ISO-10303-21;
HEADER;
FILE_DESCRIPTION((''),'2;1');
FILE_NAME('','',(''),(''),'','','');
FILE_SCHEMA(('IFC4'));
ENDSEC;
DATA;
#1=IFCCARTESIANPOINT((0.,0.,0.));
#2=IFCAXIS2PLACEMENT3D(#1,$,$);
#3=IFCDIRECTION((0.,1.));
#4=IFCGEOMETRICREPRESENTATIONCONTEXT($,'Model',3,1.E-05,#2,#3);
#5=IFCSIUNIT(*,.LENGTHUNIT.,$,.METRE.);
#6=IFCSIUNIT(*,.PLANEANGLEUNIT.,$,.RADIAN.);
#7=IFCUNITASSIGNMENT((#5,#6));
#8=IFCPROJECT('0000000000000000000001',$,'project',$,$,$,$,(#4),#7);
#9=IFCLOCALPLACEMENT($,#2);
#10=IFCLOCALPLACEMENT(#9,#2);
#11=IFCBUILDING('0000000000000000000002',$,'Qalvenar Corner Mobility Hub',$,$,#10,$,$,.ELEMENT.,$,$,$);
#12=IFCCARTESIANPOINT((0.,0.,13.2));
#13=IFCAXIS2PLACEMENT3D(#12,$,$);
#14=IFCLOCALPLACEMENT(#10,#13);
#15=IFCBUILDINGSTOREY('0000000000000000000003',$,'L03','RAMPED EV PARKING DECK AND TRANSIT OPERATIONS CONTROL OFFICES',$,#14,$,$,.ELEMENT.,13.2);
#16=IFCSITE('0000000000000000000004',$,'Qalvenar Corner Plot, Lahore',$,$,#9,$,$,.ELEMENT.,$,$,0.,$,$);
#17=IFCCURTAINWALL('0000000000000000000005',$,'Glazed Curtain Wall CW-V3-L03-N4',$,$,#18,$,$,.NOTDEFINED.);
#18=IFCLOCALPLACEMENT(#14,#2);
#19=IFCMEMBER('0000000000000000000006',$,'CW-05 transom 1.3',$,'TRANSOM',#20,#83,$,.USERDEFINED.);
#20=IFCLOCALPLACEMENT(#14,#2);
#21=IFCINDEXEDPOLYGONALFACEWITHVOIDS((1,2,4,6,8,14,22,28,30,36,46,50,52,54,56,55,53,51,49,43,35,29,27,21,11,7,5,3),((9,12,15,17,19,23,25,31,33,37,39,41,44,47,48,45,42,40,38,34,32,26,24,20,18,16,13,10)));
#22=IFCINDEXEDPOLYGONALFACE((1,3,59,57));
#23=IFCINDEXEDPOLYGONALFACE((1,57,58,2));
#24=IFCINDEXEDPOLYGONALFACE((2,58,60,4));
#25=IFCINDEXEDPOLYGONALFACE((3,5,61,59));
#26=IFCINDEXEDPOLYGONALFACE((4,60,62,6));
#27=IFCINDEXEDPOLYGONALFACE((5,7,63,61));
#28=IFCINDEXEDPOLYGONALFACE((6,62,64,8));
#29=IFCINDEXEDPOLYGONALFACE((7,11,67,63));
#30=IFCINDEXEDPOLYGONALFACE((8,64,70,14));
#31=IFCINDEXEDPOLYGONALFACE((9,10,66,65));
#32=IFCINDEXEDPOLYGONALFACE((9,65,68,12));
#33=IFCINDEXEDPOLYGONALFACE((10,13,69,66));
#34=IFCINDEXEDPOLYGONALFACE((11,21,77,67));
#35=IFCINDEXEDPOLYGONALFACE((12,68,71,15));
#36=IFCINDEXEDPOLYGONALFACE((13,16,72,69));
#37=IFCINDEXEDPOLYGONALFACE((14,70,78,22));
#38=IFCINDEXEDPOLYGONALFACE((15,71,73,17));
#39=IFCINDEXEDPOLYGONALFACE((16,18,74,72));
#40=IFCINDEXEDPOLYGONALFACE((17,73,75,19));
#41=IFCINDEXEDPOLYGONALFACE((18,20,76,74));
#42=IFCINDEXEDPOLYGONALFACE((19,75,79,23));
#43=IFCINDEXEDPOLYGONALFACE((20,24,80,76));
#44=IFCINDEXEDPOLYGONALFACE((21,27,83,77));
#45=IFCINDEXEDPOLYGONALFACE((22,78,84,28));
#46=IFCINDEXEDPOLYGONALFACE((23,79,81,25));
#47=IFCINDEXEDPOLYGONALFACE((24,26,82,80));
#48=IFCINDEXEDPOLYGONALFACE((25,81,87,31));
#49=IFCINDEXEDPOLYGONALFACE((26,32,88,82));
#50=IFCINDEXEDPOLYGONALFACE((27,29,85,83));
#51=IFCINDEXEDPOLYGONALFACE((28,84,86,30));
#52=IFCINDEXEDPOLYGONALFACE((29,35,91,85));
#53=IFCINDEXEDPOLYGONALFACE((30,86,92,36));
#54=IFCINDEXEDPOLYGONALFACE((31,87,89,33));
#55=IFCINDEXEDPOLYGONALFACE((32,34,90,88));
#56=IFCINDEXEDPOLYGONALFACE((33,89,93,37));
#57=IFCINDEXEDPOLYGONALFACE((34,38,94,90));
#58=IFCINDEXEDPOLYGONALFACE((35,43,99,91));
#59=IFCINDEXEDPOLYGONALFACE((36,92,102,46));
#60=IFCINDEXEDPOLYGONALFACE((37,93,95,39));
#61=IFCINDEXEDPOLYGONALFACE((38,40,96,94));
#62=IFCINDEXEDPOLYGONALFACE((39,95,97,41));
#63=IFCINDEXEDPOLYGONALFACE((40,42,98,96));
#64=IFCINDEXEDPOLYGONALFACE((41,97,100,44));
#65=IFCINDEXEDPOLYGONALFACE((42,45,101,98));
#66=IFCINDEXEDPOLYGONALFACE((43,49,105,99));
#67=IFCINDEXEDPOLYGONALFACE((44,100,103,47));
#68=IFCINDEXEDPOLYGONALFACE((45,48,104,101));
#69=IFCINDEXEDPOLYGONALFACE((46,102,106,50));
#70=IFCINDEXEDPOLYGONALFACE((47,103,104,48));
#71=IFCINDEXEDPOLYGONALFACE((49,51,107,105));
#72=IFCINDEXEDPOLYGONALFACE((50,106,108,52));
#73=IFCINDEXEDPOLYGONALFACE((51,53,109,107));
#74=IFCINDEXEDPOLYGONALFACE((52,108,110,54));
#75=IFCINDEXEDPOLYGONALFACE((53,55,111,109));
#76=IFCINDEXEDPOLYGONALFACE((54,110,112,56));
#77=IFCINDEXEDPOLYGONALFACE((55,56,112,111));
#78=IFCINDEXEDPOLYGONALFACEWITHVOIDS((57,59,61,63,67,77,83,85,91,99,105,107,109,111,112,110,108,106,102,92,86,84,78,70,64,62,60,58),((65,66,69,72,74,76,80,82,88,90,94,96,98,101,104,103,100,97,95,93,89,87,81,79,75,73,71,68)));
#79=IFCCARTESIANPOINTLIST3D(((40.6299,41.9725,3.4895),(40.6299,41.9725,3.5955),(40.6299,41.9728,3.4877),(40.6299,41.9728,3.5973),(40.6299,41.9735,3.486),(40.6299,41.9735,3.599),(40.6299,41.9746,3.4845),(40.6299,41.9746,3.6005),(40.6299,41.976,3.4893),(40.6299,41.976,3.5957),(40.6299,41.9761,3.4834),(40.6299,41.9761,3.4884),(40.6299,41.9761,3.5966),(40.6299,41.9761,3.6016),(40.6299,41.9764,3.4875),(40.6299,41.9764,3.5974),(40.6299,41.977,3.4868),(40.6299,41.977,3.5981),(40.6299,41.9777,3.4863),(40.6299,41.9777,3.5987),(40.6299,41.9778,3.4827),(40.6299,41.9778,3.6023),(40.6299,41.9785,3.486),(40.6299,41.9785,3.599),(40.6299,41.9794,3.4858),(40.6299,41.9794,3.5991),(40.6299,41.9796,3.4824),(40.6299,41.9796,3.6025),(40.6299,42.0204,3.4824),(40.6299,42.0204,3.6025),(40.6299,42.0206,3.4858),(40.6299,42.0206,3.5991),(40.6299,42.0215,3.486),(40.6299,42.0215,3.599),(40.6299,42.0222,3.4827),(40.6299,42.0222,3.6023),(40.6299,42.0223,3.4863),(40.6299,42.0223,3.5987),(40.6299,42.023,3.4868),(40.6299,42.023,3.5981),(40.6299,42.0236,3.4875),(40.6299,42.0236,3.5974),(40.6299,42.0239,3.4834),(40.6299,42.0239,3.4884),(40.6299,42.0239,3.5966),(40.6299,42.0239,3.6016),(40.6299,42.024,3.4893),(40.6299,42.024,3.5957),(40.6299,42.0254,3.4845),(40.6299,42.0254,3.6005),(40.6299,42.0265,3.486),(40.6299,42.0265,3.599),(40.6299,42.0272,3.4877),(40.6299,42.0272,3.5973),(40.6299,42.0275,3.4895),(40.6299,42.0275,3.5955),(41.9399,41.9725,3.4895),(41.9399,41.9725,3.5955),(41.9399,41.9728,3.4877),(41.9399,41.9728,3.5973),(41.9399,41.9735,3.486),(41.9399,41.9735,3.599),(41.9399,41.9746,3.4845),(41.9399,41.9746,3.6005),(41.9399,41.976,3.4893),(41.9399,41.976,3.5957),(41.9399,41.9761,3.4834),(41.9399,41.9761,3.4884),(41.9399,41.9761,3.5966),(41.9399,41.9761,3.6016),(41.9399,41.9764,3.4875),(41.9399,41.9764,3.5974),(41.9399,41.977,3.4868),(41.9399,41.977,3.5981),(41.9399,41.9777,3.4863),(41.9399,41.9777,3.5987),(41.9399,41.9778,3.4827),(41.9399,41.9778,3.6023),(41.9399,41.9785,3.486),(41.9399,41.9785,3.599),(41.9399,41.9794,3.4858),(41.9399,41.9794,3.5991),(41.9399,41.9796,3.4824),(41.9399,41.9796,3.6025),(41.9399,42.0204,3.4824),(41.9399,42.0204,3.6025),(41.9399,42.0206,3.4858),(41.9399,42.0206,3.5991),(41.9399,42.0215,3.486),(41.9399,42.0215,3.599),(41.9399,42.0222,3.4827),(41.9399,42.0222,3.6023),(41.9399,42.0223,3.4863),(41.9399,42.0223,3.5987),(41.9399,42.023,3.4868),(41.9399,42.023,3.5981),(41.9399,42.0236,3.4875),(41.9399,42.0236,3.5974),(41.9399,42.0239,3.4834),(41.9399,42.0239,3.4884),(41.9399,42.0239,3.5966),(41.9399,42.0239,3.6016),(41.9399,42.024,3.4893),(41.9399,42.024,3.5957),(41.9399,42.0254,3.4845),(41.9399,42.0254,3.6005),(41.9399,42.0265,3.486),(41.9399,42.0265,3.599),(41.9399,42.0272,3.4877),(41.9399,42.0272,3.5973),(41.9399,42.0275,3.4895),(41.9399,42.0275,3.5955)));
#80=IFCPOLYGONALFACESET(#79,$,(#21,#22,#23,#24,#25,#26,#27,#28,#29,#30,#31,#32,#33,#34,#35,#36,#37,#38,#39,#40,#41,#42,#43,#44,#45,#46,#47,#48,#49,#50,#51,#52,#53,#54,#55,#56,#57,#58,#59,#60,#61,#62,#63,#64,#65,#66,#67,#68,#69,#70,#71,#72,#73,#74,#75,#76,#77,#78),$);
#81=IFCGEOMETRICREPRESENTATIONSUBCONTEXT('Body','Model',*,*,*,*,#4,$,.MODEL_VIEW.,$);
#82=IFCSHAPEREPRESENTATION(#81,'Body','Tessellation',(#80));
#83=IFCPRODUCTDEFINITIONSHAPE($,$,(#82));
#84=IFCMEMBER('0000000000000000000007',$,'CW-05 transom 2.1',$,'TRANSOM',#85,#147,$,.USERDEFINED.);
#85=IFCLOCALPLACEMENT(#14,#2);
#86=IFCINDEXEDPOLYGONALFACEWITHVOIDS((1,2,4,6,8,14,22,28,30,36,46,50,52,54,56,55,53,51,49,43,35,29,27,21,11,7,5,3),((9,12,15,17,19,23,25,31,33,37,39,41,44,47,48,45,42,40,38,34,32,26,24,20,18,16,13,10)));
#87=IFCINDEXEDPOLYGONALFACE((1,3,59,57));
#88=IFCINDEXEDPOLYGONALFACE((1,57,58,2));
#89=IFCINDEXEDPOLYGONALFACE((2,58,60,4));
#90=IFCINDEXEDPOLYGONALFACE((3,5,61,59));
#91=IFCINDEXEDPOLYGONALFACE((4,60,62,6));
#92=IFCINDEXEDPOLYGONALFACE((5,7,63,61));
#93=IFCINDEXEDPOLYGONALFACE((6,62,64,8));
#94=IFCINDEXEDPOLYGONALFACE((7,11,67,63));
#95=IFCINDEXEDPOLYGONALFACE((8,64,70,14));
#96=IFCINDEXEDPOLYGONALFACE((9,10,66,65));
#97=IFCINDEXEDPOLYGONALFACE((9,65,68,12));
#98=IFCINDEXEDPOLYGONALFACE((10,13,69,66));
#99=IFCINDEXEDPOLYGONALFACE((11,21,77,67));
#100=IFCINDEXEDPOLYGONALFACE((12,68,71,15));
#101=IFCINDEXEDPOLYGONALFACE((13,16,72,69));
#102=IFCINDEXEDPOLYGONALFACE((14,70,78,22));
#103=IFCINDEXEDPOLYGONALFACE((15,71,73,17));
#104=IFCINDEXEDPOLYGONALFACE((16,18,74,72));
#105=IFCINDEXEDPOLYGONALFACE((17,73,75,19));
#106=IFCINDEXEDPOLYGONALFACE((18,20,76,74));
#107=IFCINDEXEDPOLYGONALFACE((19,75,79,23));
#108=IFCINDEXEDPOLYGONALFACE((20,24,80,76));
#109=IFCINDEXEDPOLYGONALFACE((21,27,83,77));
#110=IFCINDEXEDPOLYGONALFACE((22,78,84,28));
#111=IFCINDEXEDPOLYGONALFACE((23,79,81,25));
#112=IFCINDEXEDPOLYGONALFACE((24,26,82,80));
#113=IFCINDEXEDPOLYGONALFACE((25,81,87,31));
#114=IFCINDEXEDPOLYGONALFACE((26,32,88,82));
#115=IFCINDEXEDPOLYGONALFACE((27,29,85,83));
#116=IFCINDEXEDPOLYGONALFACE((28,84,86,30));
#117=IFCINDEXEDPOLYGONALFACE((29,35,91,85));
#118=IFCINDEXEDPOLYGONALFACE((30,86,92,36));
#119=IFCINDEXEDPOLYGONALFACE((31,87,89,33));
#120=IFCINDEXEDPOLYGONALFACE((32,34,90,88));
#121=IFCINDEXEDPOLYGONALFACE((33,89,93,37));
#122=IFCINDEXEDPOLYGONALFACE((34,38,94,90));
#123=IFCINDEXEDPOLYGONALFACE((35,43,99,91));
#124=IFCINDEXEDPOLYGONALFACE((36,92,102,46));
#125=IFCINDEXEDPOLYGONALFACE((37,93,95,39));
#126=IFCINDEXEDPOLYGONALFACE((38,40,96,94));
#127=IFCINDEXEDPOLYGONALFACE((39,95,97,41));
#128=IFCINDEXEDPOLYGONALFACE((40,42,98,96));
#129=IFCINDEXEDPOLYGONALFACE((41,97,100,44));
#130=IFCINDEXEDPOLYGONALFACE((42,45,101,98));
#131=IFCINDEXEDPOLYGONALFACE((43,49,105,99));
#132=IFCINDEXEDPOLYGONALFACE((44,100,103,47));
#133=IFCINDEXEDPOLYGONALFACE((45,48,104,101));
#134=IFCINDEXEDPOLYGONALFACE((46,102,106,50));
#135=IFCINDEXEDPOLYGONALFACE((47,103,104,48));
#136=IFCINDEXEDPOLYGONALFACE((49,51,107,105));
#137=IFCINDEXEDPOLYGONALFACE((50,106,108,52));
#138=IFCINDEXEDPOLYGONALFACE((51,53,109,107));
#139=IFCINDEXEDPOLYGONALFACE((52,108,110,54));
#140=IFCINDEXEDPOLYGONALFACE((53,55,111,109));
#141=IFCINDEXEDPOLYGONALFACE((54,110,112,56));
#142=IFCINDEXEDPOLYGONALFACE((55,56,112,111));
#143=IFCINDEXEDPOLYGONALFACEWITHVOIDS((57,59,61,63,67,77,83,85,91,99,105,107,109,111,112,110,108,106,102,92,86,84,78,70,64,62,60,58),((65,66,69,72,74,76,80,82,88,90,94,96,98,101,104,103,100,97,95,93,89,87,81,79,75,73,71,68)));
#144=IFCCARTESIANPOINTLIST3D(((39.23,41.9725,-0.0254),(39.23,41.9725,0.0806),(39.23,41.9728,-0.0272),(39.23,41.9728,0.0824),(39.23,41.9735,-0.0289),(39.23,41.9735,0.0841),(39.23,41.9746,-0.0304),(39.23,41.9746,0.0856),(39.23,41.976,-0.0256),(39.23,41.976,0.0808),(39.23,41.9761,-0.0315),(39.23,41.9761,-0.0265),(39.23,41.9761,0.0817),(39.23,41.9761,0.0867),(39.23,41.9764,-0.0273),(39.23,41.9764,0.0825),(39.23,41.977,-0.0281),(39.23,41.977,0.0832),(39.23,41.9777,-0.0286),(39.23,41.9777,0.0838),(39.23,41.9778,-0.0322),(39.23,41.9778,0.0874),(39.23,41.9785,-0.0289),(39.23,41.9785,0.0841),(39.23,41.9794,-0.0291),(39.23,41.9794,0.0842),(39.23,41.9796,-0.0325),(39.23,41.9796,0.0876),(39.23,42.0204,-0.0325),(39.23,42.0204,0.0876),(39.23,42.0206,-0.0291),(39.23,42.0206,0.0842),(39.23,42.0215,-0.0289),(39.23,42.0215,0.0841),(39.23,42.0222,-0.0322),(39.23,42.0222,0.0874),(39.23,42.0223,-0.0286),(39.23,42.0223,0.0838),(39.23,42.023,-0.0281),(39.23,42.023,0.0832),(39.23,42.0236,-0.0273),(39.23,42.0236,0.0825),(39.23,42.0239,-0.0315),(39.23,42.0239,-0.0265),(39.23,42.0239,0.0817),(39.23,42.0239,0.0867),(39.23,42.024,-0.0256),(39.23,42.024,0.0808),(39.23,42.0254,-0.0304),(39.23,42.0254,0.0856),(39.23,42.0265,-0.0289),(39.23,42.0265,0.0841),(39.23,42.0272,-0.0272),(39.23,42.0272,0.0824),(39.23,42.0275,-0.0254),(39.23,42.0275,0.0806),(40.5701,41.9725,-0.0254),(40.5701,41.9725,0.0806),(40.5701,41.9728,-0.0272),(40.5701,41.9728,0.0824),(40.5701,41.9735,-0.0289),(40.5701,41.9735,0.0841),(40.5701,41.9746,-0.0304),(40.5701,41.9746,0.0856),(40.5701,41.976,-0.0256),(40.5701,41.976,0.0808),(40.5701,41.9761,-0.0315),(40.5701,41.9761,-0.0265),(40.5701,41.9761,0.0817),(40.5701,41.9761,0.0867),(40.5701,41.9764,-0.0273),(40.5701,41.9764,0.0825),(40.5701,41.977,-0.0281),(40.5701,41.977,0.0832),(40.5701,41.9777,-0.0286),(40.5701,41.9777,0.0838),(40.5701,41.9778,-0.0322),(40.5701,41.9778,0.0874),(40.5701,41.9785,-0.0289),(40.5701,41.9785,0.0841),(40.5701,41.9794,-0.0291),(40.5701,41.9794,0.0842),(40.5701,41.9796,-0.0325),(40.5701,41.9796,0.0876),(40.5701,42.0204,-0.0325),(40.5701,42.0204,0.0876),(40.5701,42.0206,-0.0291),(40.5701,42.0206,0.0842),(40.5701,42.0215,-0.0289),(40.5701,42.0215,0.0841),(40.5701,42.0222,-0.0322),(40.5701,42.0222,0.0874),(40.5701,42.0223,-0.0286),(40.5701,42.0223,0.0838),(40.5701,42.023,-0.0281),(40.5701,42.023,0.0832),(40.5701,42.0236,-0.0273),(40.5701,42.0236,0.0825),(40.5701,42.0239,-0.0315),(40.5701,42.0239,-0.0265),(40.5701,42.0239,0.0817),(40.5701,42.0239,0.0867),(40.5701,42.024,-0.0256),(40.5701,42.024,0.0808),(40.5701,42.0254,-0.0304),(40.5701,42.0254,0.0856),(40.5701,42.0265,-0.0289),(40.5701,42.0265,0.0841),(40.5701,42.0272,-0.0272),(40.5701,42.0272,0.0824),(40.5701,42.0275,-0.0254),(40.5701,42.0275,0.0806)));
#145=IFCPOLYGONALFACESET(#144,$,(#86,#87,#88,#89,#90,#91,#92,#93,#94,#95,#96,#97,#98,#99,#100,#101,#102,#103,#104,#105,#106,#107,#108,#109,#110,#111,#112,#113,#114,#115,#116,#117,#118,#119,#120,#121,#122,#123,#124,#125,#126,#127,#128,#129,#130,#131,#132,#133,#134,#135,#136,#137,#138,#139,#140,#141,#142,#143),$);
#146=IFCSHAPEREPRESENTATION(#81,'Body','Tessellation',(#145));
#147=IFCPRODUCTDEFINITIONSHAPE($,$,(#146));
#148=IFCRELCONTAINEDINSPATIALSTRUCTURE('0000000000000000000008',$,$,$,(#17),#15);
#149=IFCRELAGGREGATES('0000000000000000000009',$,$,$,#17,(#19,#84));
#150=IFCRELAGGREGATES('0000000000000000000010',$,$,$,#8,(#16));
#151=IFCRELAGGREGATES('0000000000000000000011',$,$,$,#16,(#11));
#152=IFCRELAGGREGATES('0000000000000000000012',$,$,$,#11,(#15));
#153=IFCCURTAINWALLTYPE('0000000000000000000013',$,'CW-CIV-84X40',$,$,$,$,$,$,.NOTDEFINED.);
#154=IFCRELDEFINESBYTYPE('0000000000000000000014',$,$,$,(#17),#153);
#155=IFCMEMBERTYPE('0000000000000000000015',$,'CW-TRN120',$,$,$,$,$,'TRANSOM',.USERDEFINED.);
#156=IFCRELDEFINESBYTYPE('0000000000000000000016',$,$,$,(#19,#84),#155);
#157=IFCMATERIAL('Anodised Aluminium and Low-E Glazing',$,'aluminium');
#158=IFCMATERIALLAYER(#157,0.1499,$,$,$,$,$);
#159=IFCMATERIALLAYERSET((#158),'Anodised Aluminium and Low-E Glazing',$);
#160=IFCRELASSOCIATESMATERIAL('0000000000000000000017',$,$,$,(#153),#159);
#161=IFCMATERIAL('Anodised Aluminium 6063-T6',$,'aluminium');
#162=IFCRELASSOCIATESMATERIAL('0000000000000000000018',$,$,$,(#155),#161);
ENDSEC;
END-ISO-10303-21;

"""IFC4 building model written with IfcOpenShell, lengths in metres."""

from ifc_helpers import new_model, si_unit, direction, frame, origin, origin_2d, place, context, subcontext, project, spatial, hollow_rectangle, extrude, material, layer, layer_set, material_profile, profile_set, type_object, element, aggregate, save


model = new_model("IFC4")

# Units and contexts
model_context = context("Model", 3, precision=1e-05, world=origin(), true_north=direction((0.0, 1.0)))
body_context = subcontext(model_context, "Body", "Model", "MODEL_VIEW")
ifc_project = project(units=[si_unit("LENGTHUNIT", "METRE"), si_unit("PLANEANGLEUNIT", "RADIAN")], contexts=[model_context])

# Site, building, storey
site_placement = place(None, origin())
site = spatial("IfcSite", under=ifc_project, at=site_placement, Name="Qalvenar Corner Plot, Lahore", CompositionType="ELEMENT", RefElevation=0.0)
building_placement = place(site_placement, origin())
building = spatial("IfcBuilding", under=site, at=building_placement, Name="Qalvenar Corner Mobility Hub", CompositionType="ELEMENT")
storey_placement = place(building_placement, frame((0.0, 0.0, 13.2)))
storey = spatial("IfcBuildingStorey", under=building, at=storey_placement, Name="L03", Description="RAMPED EV PARKING DECK AND TRANSIT OPERATIONS CONTROL OFFICES", CompositionType="ELEMENT", Elevation=13.2)

# Curtain wall, members
ifc_material_1 = material(Name="Anodised Aluminium and Low-E Glazing", Category="aluminium")
ifc_layer_1 = layer(ifc_material_1, 0.1499)
ifc_layer_set_1 = layer_set([ifc_layer_1], Name="Anodised Aluminium and Low-E Glazing")
curtain_wall_type = type_object("IfcCurtainWallType", Name="CW-CIV-84X40", PredefinedType="NOTDEFINED", material=ifc_layer_set_1)
curtain_wall_placement = place(storey_placement, origin())
curtain_wall = element("IfcCurtainWall", 1, at=curtain_wall_placement, inside=storey, type_object=curtain_wall_type, Name="Glazed Curtain Wall CW-V3-L03-N4", PredefinedType="NOTDEFINED")
ifc_material_2 = material(Name="Anodised Aluminium 6063-T6", Category="aluminium")
ifc_material_profile_1 = material_profile(ifc_material_2, hollow_rectangle(XDim=0.0549, YDim=0.1201, WallThickness=0.0034, InnerFilletRadius=0.0034, OuterFilletRadius=0.0071, at=origin_2d()), Name="RHS120x55x3.5")
ifc_profile_set_1 = profile_set([ifc_material_profile_1], Name="Anodised Aluminium 6063-T6")
member_type_1 = type_object("IfcMemberType", Name="CW-TRN120", ElementType="TRANSOM", PredefinedType="USERDEFINED", material=ifc_profile_set_1)
member_1_placement = place(storey_placement, frame((41.9399, 42.0, 3.5425), z_axis=(-1.0, 0.0, 0.0), x_axis=(0.0, -1.0, 0.0)))
member_1 = element("IfcMember", 2, at=member_1_placement, type_object=member_type_1, Name="CW-05 transom 1.3", ObjectType="TRANSOM", PredefinedType="USERDEFINED", context=body_context, shape_type="SweptSolid", body=[
    extrude(hollow_rectangle(XDim=0.0549, YDim=0.1201, WallThickness=0.0034, InnerFilletRadius=0.0034, OuterFilletRadius=0.0071, at=origin_2d()), origin(), (0.0, 0.0, 1.0), 1.3101),
])
member_2_placement = place(storey_placement, frame((40.5701, 42.0, 0.0276), z_axis=(-1.0, 0.0, 0.0), x_axis=(0.0, -1.0, 0.0)))
member_2 = element("IfcMember", 3, at=member_2_placement, type_object=member_type_1, Name="CW-05 transom 2.1", ObjectType="TRANSOM", PredefinedType="USERDEFINED", context=body_context, shape_type="SweptSolid", body=[
    extrude(hollow_rectangle(XDim=0.0549, YDim=0.1201, WallThickness=0.0034, InnerFilletRadius=0.0034, OuterFilletRadius=0.0071, at=origin_2d()), origin(), (0.0, 0.0, 1.0), 1.3401),
])

aggregate(curtain_wall, [member_1, member_2])

save(model, "model.ifc")
